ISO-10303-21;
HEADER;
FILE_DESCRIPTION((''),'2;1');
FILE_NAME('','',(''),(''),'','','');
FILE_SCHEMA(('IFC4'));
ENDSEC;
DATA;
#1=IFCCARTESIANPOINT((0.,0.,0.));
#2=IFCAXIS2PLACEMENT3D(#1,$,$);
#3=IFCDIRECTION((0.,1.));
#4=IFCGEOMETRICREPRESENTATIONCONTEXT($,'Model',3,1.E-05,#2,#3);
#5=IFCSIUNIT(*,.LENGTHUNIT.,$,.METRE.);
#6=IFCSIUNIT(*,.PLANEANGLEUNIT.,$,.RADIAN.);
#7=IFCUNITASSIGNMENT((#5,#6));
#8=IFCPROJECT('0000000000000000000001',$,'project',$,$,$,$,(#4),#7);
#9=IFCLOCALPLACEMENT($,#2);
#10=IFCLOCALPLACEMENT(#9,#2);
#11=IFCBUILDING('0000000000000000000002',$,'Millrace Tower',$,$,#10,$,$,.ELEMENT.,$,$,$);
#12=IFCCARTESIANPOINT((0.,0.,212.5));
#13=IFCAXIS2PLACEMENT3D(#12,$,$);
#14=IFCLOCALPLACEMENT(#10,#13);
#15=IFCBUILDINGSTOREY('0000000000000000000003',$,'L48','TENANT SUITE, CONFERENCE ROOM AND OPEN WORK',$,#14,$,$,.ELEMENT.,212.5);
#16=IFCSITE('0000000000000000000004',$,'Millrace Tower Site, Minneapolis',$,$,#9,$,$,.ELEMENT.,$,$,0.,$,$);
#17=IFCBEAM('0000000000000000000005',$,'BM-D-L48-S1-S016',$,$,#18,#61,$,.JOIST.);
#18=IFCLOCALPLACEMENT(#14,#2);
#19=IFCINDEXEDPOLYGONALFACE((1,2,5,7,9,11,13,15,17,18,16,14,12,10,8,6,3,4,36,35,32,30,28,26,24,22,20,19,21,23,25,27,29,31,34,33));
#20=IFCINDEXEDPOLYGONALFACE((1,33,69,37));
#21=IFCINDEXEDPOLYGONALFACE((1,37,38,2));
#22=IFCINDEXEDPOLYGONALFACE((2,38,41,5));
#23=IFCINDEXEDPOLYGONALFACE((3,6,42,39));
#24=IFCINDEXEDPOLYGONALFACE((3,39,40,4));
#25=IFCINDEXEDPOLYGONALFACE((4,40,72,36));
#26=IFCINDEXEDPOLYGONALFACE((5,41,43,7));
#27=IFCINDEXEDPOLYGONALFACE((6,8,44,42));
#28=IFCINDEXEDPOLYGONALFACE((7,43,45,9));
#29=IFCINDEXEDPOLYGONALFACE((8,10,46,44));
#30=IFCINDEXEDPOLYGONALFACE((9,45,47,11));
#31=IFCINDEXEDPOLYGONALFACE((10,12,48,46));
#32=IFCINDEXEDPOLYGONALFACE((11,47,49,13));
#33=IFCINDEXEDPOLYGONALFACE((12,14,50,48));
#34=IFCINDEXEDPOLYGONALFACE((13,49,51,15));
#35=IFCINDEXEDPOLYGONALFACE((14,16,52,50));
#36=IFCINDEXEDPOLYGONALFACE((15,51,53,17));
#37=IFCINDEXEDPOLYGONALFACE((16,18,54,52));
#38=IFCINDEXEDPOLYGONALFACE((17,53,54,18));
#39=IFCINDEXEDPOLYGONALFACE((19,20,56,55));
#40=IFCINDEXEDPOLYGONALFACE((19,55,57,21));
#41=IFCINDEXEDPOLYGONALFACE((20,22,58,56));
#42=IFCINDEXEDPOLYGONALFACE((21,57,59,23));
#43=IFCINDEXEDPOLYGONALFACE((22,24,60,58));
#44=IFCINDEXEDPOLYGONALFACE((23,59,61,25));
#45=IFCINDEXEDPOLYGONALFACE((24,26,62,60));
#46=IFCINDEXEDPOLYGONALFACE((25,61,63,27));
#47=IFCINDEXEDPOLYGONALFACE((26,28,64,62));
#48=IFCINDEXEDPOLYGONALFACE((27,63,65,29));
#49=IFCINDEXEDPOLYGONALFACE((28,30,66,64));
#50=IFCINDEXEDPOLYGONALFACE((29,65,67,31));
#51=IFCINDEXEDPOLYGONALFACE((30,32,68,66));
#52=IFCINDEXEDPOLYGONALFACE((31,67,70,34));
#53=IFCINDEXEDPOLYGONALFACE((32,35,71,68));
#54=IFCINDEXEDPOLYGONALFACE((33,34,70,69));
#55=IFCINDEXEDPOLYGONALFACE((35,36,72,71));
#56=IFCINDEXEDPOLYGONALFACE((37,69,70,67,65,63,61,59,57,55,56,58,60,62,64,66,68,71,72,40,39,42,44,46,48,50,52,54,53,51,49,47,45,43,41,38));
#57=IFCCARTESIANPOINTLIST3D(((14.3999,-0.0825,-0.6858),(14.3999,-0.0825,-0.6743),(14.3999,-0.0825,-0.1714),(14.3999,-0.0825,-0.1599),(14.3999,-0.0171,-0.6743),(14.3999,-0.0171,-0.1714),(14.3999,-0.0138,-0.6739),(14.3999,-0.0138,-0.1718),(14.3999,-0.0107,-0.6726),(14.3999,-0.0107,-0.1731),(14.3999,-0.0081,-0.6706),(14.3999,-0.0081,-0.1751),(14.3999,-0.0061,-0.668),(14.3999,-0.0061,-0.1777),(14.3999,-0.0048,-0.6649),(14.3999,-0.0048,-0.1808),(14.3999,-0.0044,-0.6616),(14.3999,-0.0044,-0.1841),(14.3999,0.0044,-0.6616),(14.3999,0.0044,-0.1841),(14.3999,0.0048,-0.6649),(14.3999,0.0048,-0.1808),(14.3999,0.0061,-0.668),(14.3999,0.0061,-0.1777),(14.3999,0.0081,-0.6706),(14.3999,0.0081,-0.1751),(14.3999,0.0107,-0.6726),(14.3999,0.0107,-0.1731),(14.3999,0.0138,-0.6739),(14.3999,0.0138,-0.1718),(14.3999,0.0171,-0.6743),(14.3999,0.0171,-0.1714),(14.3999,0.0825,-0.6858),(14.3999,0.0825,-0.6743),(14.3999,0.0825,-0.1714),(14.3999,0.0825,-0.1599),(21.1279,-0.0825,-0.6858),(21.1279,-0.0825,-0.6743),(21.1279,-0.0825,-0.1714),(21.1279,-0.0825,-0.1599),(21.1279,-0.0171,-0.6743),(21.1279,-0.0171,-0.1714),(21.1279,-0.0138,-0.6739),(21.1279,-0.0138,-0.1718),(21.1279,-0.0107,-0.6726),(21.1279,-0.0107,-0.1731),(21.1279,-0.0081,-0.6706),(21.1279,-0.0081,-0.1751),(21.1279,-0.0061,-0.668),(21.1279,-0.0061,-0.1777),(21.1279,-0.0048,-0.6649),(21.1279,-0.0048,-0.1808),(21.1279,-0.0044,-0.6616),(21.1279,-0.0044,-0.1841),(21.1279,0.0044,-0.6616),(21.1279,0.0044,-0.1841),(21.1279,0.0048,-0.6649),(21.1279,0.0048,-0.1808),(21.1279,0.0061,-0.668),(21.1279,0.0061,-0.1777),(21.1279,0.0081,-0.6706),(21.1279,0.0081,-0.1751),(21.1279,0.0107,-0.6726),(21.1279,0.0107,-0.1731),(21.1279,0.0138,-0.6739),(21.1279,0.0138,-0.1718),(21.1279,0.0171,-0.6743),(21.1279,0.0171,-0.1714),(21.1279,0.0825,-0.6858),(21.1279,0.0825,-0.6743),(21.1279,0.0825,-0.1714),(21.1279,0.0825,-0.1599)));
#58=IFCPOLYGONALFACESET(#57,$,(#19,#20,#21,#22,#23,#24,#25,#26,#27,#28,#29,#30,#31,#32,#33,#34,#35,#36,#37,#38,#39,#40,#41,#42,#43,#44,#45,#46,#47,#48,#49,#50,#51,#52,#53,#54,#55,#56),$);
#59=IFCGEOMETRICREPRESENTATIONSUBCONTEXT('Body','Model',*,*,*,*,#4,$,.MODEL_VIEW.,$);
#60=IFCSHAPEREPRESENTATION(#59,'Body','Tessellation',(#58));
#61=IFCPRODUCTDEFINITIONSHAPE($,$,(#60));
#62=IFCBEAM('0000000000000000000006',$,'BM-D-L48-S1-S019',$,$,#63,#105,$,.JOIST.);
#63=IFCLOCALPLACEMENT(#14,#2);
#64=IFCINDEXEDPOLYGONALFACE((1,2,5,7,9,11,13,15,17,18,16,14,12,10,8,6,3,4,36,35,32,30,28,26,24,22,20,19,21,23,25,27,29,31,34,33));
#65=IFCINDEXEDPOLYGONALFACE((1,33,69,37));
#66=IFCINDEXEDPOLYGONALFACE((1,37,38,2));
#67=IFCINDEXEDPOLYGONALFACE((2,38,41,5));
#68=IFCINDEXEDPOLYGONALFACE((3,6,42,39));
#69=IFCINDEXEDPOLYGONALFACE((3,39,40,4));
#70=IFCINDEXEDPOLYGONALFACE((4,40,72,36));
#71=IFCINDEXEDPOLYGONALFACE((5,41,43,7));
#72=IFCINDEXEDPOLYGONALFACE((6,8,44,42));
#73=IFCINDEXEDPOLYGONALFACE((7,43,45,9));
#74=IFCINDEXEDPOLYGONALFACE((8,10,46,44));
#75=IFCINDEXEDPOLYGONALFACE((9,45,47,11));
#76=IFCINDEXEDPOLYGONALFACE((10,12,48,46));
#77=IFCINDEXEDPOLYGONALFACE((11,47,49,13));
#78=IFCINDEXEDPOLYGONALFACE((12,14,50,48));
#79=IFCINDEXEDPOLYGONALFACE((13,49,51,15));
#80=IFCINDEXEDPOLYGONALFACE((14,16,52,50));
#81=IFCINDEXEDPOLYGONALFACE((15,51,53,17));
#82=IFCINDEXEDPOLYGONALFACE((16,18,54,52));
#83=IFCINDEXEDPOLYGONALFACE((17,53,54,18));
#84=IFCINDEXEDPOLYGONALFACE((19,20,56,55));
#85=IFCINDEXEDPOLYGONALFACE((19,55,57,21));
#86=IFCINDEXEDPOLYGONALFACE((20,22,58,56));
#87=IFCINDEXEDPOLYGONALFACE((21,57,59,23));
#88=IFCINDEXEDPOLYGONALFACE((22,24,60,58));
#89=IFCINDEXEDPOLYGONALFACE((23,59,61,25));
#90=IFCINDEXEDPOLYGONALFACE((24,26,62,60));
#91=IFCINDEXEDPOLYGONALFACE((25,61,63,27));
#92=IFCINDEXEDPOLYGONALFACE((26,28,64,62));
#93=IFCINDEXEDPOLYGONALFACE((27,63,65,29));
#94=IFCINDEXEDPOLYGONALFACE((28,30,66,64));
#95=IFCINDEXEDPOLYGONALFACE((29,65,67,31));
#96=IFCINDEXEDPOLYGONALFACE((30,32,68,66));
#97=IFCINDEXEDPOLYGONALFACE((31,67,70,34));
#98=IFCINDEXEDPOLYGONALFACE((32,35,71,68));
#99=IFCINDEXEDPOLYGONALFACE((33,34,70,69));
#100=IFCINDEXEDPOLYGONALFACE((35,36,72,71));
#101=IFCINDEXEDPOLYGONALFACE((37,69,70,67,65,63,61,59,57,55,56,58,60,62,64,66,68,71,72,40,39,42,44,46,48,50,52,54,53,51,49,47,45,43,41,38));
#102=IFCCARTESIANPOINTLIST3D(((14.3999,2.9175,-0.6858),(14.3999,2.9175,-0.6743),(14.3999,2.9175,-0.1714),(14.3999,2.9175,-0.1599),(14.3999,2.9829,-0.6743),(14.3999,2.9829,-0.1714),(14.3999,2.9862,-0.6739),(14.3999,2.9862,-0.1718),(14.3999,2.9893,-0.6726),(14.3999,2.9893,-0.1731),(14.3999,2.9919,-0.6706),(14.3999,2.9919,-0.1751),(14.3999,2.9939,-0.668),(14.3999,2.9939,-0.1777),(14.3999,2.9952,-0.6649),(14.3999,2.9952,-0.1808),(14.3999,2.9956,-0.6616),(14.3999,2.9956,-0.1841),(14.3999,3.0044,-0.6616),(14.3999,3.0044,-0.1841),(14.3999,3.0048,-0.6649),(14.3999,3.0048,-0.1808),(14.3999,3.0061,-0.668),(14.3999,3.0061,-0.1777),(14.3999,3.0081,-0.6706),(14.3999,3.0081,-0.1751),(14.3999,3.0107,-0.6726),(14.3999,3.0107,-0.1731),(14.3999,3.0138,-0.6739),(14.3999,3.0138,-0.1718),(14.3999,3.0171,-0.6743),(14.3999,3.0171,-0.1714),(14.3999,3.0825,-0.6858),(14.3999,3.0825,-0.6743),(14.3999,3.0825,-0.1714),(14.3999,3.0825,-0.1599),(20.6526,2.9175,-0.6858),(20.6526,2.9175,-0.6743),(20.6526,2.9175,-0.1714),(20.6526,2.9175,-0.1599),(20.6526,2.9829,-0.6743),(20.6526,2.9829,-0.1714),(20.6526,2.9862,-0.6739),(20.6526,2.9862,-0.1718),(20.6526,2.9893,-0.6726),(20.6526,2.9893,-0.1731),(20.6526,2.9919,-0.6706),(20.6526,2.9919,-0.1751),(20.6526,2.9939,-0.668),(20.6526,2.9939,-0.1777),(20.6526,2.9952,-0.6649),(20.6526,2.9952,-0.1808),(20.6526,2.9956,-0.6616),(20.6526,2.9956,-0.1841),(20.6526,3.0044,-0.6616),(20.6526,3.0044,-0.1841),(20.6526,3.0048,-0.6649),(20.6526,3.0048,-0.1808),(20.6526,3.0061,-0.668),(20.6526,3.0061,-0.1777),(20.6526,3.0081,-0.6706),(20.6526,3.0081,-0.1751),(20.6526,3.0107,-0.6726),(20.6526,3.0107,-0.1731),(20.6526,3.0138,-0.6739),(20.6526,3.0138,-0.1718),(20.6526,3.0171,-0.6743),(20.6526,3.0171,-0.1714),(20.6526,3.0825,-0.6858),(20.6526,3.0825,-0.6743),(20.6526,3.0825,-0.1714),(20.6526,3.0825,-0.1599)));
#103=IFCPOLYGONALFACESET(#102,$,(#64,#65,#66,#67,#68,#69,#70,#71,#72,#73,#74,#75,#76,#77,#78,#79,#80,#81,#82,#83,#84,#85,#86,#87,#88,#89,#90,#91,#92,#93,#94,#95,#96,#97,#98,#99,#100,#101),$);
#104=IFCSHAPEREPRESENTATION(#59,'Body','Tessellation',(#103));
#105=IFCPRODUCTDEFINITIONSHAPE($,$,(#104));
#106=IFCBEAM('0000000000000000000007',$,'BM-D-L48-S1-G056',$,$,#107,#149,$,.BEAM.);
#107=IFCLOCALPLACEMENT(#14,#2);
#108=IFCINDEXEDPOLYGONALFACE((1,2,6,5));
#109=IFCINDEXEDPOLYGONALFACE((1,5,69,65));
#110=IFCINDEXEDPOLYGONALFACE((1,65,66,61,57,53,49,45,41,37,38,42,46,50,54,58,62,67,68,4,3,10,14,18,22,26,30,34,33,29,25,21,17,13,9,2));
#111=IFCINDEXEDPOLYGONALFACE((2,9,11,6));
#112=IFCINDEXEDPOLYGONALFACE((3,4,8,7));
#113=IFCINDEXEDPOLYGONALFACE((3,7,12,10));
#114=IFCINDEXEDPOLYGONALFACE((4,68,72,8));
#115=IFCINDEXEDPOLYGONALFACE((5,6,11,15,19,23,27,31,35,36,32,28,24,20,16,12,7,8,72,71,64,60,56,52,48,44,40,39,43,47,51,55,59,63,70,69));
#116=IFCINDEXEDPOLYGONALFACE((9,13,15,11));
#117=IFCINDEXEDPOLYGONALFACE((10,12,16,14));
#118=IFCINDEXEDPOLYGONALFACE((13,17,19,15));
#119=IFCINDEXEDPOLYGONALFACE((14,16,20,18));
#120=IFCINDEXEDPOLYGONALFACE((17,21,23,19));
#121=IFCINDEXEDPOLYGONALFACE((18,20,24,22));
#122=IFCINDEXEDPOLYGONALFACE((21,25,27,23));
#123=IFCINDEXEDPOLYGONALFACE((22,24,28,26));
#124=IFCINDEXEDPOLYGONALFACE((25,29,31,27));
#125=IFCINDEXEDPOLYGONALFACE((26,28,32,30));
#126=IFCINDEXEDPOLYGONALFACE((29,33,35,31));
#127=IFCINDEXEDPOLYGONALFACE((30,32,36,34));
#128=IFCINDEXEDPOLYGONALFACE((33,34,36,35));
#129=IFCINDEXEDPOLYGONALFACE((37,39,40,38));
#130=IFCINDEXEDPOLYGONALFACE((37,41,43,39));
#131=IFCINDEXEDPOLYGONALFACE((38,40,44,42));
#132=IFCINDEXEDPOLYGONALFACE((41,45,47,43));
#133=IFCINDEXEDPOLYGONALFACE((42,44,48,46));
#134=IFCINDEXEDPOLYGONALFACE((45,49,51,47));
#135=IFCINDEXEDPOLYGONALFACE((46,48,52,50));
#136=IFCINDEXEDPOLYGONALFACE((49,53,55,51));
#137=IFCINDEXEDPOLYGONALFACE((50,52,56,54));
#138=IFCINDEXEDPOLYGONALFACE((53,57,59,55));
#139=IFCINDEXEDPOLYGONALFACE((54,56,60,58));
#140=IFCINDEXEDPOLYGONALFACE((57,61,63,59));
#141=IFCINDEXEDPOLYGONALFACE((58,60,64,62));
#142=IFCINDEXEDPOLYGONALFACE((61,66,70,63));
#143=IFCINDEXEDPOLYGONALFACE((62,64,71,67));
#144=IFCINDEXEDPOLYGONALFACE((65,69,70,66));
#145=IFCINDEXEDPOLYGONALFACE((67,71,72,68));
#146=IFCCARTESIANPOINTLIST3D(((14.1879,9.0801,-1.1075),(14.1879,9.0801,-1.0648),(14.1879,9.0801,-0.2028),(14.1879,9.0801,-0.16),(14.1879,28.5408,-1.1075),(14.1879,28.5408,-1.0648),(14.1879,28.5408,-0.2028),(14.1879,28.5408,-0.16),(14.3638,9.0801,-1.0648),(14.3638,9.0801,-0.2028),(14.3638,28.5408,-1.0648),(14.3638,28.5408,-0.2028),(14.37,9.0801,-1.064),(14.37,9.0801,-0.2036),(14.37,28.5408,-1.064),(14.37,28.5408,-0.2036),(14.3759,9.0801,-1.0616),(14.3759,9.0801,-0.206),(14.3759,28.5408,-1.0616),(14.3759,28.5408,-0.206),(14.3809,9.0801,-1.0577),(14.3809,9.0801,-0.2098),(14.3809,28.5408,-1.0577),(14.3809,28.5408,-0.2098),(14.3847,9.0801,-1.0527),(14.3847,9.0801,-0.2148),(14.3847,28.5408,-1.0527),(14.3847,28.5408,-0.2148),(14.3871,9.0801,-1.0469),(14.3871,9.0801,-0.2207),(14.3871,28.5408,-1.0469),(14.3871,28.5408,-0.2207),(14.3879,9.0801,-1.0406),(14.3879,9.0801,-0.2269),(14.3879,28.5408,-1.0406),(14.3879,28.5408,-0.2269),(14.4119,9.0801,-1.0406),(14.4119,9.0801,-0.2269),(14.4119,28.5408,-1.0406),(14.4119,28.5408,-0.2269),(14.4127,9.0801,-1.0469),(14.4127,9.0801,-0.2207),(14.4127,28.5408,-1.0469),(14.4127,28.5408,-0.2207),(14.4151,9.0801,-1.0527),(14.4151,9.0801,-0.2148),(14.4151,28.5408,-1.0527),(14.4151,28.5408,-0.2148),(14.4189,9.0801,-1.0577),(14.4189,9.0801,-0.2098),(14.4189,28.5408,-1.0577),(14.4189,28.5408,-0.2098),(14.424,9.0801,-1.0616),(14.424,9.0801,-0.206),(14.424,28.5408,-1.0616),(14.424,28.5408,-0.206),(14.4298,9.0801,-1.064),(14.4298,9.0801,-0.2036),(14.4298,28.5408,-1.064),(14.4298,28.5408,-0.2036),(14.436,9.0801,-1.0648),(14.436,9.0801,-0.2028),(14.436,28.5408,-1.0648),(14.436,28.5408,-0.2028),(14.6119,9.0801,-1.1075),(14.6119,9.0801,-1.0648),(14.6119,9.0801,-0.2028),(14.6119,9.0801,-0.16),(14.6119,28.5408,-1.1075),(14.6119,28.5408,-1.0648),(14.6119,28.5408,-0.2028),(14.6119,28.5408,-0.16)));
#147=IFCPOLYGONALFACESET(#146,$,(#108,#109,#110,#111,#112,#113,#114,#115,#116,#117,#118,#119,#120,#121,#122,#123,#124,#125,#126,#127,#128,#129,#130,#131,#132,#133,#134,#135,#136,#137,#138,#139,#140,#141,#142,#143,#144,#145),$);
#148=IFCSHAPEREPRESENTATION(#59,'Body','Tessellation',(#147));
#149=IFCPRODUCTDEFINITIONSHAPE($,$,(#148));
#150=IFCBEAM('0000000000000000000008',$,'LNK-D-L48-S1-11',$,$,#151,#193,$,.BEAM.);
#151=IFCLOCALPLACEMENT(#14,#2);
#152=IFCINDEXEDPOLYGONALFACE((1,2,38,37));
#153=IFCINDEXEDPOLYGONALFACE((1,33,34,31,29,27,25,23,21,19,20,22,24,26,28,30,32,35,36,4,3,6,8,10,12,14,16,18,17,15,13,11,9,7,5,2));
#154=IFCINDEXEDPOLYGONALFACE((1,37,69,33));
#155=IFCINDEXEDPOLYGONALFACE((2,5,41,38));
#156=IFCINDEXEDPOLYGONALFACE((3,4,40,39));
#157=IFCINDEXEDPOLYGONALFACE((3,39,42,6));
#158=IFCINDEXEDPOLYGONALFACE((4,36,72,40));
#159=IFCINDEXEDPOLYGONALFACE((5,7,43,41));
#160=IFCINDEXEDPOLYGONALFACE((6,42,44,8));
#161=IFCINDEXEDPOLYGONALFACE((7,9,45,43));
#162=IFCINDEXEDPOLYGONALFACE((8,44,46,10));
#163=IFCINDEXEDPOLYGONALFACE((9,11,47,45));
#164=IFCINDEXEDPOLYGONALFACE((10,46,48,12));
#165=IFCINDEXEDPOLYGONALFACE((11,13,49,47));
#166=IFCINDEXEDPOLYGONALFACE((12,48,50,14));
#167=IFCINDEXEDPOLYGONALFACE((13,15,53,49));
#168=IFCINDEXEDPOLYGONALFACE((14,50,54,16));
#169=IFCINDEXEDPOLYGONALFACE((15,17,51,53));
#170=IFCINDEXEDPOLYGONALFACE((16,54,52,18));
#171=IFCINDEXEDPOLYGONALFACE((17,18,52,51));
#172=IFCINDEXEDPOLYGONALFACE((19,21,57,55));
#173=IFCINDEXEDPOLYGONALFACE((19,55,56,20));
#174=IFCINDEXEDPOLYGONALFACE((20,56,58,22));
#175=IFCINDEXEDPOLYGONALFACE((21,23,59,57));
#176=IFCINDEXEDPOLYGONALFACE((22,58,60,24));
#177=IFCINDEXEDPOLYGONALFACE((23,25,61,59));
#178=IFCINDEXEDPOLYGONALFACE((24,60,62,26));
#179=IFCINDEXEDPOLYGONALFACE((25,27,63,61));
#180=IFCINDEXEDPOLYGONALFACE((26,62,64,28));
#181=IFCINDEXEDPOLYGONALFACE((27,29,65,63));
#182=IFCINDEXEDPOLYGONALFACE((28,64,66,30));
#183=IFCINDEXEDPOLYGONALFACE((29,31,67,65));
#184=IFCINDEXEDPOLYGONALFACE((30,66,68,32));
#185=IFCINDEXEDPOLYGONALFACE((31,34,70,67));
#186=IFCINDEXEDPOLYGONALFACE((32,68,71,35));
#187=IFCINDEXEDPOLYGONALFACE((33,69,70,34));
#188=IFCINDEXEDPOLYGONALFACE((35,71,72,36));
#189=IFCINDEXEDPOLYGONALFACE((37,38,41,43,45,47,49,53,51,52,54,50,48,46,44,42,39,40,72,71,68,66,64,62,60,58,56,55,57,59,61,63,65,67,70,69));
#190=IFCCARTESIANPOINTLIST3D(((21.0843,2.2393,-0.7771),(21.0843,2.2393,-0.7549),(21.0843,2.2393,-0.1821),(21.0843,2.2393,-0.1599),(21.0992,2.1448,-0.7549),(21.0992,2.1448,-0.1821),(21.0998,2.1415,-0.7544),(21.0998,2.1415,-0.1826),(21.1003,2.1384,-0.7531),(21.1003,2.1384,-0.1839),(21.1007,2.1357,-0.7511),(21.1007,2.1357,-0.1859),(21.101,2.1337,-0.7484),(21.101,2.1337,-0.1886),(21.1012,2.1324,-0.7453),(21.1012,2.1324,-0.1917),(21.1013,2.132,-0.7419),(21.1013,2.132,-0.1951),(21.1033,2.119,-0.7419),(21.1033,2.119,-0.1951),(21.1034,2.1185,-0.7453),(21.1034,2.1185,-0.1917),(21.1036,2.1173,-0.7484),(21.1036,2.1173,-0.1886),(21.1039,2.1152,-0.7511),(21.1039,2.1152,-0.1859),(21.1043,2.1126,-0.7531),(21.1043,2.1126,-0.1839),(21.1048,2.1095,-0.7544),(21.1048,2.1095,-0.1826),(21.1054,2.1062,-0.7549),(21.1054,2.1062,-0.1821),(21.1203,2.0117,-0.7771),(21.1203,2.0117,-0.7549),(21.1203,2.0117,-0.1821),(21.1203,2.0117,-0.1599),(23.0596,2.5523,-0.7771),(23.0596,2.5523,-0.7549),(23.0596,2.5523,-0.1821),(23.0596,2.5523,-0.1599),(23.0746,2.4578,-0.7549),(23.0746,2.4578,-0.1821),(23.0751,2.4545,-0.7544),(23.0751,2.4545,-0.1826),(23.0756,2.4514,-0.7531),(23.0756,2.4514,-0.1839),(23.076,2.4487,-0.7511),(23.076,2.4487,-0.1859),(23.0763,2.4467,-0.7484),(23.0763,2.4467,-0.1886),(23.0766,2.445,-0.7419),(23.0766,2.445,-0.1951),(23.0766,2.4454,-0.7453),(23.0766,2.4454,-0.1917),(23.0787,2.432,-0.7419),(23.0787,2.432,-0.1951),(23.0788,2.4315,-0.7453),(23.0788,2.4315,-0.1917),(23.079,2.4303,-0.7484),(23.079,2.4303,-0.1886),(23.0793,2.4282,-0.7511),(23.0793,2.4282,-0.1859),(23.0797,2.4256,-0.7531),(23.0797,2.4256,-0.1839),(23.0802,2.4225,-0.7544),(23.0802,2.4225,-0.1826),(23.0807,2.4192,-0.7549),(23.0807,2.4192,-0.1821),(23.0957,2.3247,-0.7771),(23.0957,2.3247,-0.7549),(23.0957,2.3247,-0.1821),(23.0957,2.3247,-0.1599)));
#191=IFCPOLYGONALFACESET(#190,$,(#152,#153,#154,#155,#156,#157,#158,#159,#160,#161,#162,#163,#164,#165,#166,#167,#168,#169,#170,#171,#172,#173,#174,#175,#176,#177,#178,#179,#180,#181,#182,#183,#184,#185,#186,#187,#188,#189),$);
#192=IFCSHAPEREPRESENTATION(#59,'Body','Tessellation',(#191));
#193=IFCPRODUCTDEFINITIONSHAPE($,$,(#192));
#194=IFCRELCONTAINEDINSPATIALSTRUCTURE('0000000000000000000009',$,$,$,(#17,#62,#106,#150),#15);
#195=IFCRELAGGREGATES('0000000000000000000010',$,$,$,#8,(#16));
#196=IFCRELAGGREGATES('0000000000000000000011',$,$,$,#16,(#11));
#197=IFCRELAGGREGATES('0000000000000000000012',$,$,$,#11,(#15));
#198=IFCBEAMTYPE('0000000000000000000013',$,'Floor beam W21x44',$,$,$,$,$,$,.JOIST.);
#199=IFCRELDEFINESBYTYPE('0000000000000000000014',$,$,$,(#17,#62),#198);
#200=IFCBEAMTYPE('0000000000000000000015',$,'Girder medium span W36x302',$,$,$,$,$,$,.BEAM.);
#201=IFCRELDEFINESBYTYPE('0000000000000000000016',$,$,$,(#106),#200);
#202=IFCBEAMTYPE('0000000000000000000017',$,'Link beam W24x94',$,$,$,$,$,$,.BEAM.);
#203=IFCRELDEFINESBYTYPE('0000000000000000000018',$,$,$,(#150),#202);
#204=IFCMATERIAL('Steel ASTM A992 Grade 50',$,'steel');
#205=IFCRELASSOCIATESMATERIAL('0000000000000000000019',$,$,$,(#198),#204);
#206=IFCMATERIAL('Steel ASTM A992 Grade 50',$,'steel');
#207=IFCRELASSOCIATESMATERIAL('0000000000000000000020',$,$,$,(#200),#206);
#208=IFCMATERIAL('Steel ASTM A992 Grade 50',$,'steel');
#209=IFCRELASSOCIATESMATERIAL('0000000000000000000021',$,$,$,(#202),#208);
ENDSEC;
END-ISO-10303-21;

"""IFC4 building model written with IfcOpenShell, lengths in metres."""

from ifc_helpers import new_model, si_unit, direction, frame, origin, origin_2d, place, context, subcontext, project, spatial, i_section, extrude, material, material_profile, profile_set, type_object, element, save


model = new_model("IFC4")

# Units and contexts
model_context = context("Model", 3, precision=1e-05, world=origin(), true_north=direction((0.0, 1.0)))
body_context = subcontext(model_context, "Body", "Model", "MODEL_VIEW")
ifc_project = project(units=[si_unit("LENGTHUNIT", "METRE"), si_unit("PLANEANGLEUNIT", "RADIAN")], contexts=[model_context])

# Site, building, storey
site_placement = place(None, origin())
site = spatial("IfcSite", under=ifc_project, at=site_placement, Name="Millrace Tower Site, Minneapolis", CompositionType="ELEMENT", RefElevation=0.0)
building_placement = place(site_placement, origin())
building = spatial("IfcBuilding", under=site, at=building_placement, Name="Millrace Tower", CompositionType="ELEMENT")
storey_placement = place(building_placement, frame((0.0, 0.0, 212.5)))
storey = spatial("IfcBuildingStorey", under=building, at=storey_placement, Name="L48", Description="TENANT SUITE, CONFERENCE ROOM AND OPEN WORK", CompositionType="ELEMENT", Elevation=212.5)

# Beams
ifc_material_1 = material(Name="Steel ASTM A992 Grade 50", Category="steel")
ifc_material_profile_1 = material_profile(ifc_material_1, i_section(OverallWidth=0.165, OverallDepth=0.5259, WebThickness=0.0088, FlangeThickness=0.0115, FilletRadius=0.0127, at=origin_2d()))
ifc_profile_set_1 = profile_set([ifc_material_profile_1], Name="Steel ASTM A992 Grade 50")
beam_type_1 = type_object("IfcBeamType", Name="Floor beam W21x44", PredefinedType="JOIST", material=ifc_profile_set_1)
beam_1_placement = place(storey_placement, frame((14.3999, 0.0, -0.4229), z_axis=(1.0, 0.0, 0.0), x_axis=(0.0, 1.0, 0.0)))
element("IfcBeam", 1, at=beam_1_placement, inside=storey, type_object=beam_type_1, Name="BM-D-L48-S1-S016", PredefinedType="JOIST", context=body_context, shape_type="SweptSolid", body=[
    extrude(i_section(OverallWidth=0.165, OverallDepth=0.5259, WebThickness=0.0088, FlangeThickness=0.0115, FilletRadius=0.0127, at=origin_2d()), origin(), (0.0, 0.0, 1.0), 6.728),
])
beam_2_placement = place(storey_placement, frame((14.3999, 3.0, -0.4229), z_axis=(1.0, 0.0, 0.0), x_axis=(0.0, 1.0, 0.0)))
element("IfcBeam", 2, at=beam_2_placement, inside=storey, type_object=beam_type_1, Name="BM-D-L48-S1-S019", PredefinedType="JOIST", context=body_context, shape_type="SweptSolid", body=[
    extrude(i_section(OverallWidth=0.165, OverallDepth=0.5259, WebThickness=0.0088, FlangeThickness=0.0115, FilletRadius=0.0127, at=origin_2d()), origin(), (0.0, 0.0, 1.0), 6.2527),
])
ifc_material_2 = material(Name="Steel ASTM A992 Grade 50", Category="steel")
ifc_material_profile_2 = material_profile(ifc_material_2, i_section(OverallWidth=0.4241, OverallDepth=0.9475, WebThickness=0.0239, FlangeThickness=0.0427, FilletRadius=0.0242, at=origin_2d()))
ifc_profile_set_2 = profile_set([ifc_material_profile_2], Name="Steel ASTM A992 Grade 50")
beam_type_2 = type_object("IfcBeamType", Name="Girder medium span W36x302", PredefinedType="BEAM", material=ifc_profile_set_2)
beam_3_placement = place(storey_placement, frame((14.3999, 9.0801, -0.6338), z_axis=(0.0, 1.0, 0.0), x_axis=(-1.0, 0.0, 0.0)))
element("IfcBeam", 3, at=beam_3_placement, inside=storey, type_object=beam_type_2, Name="BM-D-L48-S1-G056", PredefinedType="BEAM", context=body_context, shape_type="SweptSolid", body=[
    extrude(i_section(OverallWidth=0.4241, OverallDepth=0.9475, WebThickness=0.0239, FlangeThickness=0.0427, FilletRadius=0.0242, at=origin_2d()), origin(), (0.0, 0.0, 1.0), 19.4607),
])
ifc_material_3 = material(Name="Steel ASTM A992 Grade 50", Category="steel")
ifc_material_profile_3 = material_profile(ifc_material_3, i_section(OverallWidth=0.2305, OverallDepth=0.6172, WebThickness=0.0132, FlangeThickness=0.0222, FilletRadius=0.0129, at=origin_2d()))
ifc_profile_set_3 = profile_set([ifc_material_profile_3], Name="Steel ASTM A992 Grade 50")
beam_type_3 = type_object("IfcBeamType", Name="Link beam W24x94", PredefinedType="BEAM", material=ifc_profile_set_3)
beam_4_placement = place(storey_placement, frame((21.1023, 2.1255, -0.4685), z_axis=(0.987679, 0.156495, 0.0), x_axis=(-0.156495, 0.987679, 0.0)))
element("IfcBeam", 4, at=beam_4_placement, inside=storey, type_object=beam_type_3, Name="LNK-D-L48-S1-11", PredefinedType="BEAM", context=body_context, shape_type="SweptSolid", body=[
    extrude(i_section(OverallWidth=0.2305, OverallDepth=0.6172, WebThickness=0.0132, FlangeThickness=0.0222, FilletRadius=0.0129, at=origin_2d()), origin(), (0.0, 0.0, 1.0), 2.0),
])

save(model, "model.ifc")
